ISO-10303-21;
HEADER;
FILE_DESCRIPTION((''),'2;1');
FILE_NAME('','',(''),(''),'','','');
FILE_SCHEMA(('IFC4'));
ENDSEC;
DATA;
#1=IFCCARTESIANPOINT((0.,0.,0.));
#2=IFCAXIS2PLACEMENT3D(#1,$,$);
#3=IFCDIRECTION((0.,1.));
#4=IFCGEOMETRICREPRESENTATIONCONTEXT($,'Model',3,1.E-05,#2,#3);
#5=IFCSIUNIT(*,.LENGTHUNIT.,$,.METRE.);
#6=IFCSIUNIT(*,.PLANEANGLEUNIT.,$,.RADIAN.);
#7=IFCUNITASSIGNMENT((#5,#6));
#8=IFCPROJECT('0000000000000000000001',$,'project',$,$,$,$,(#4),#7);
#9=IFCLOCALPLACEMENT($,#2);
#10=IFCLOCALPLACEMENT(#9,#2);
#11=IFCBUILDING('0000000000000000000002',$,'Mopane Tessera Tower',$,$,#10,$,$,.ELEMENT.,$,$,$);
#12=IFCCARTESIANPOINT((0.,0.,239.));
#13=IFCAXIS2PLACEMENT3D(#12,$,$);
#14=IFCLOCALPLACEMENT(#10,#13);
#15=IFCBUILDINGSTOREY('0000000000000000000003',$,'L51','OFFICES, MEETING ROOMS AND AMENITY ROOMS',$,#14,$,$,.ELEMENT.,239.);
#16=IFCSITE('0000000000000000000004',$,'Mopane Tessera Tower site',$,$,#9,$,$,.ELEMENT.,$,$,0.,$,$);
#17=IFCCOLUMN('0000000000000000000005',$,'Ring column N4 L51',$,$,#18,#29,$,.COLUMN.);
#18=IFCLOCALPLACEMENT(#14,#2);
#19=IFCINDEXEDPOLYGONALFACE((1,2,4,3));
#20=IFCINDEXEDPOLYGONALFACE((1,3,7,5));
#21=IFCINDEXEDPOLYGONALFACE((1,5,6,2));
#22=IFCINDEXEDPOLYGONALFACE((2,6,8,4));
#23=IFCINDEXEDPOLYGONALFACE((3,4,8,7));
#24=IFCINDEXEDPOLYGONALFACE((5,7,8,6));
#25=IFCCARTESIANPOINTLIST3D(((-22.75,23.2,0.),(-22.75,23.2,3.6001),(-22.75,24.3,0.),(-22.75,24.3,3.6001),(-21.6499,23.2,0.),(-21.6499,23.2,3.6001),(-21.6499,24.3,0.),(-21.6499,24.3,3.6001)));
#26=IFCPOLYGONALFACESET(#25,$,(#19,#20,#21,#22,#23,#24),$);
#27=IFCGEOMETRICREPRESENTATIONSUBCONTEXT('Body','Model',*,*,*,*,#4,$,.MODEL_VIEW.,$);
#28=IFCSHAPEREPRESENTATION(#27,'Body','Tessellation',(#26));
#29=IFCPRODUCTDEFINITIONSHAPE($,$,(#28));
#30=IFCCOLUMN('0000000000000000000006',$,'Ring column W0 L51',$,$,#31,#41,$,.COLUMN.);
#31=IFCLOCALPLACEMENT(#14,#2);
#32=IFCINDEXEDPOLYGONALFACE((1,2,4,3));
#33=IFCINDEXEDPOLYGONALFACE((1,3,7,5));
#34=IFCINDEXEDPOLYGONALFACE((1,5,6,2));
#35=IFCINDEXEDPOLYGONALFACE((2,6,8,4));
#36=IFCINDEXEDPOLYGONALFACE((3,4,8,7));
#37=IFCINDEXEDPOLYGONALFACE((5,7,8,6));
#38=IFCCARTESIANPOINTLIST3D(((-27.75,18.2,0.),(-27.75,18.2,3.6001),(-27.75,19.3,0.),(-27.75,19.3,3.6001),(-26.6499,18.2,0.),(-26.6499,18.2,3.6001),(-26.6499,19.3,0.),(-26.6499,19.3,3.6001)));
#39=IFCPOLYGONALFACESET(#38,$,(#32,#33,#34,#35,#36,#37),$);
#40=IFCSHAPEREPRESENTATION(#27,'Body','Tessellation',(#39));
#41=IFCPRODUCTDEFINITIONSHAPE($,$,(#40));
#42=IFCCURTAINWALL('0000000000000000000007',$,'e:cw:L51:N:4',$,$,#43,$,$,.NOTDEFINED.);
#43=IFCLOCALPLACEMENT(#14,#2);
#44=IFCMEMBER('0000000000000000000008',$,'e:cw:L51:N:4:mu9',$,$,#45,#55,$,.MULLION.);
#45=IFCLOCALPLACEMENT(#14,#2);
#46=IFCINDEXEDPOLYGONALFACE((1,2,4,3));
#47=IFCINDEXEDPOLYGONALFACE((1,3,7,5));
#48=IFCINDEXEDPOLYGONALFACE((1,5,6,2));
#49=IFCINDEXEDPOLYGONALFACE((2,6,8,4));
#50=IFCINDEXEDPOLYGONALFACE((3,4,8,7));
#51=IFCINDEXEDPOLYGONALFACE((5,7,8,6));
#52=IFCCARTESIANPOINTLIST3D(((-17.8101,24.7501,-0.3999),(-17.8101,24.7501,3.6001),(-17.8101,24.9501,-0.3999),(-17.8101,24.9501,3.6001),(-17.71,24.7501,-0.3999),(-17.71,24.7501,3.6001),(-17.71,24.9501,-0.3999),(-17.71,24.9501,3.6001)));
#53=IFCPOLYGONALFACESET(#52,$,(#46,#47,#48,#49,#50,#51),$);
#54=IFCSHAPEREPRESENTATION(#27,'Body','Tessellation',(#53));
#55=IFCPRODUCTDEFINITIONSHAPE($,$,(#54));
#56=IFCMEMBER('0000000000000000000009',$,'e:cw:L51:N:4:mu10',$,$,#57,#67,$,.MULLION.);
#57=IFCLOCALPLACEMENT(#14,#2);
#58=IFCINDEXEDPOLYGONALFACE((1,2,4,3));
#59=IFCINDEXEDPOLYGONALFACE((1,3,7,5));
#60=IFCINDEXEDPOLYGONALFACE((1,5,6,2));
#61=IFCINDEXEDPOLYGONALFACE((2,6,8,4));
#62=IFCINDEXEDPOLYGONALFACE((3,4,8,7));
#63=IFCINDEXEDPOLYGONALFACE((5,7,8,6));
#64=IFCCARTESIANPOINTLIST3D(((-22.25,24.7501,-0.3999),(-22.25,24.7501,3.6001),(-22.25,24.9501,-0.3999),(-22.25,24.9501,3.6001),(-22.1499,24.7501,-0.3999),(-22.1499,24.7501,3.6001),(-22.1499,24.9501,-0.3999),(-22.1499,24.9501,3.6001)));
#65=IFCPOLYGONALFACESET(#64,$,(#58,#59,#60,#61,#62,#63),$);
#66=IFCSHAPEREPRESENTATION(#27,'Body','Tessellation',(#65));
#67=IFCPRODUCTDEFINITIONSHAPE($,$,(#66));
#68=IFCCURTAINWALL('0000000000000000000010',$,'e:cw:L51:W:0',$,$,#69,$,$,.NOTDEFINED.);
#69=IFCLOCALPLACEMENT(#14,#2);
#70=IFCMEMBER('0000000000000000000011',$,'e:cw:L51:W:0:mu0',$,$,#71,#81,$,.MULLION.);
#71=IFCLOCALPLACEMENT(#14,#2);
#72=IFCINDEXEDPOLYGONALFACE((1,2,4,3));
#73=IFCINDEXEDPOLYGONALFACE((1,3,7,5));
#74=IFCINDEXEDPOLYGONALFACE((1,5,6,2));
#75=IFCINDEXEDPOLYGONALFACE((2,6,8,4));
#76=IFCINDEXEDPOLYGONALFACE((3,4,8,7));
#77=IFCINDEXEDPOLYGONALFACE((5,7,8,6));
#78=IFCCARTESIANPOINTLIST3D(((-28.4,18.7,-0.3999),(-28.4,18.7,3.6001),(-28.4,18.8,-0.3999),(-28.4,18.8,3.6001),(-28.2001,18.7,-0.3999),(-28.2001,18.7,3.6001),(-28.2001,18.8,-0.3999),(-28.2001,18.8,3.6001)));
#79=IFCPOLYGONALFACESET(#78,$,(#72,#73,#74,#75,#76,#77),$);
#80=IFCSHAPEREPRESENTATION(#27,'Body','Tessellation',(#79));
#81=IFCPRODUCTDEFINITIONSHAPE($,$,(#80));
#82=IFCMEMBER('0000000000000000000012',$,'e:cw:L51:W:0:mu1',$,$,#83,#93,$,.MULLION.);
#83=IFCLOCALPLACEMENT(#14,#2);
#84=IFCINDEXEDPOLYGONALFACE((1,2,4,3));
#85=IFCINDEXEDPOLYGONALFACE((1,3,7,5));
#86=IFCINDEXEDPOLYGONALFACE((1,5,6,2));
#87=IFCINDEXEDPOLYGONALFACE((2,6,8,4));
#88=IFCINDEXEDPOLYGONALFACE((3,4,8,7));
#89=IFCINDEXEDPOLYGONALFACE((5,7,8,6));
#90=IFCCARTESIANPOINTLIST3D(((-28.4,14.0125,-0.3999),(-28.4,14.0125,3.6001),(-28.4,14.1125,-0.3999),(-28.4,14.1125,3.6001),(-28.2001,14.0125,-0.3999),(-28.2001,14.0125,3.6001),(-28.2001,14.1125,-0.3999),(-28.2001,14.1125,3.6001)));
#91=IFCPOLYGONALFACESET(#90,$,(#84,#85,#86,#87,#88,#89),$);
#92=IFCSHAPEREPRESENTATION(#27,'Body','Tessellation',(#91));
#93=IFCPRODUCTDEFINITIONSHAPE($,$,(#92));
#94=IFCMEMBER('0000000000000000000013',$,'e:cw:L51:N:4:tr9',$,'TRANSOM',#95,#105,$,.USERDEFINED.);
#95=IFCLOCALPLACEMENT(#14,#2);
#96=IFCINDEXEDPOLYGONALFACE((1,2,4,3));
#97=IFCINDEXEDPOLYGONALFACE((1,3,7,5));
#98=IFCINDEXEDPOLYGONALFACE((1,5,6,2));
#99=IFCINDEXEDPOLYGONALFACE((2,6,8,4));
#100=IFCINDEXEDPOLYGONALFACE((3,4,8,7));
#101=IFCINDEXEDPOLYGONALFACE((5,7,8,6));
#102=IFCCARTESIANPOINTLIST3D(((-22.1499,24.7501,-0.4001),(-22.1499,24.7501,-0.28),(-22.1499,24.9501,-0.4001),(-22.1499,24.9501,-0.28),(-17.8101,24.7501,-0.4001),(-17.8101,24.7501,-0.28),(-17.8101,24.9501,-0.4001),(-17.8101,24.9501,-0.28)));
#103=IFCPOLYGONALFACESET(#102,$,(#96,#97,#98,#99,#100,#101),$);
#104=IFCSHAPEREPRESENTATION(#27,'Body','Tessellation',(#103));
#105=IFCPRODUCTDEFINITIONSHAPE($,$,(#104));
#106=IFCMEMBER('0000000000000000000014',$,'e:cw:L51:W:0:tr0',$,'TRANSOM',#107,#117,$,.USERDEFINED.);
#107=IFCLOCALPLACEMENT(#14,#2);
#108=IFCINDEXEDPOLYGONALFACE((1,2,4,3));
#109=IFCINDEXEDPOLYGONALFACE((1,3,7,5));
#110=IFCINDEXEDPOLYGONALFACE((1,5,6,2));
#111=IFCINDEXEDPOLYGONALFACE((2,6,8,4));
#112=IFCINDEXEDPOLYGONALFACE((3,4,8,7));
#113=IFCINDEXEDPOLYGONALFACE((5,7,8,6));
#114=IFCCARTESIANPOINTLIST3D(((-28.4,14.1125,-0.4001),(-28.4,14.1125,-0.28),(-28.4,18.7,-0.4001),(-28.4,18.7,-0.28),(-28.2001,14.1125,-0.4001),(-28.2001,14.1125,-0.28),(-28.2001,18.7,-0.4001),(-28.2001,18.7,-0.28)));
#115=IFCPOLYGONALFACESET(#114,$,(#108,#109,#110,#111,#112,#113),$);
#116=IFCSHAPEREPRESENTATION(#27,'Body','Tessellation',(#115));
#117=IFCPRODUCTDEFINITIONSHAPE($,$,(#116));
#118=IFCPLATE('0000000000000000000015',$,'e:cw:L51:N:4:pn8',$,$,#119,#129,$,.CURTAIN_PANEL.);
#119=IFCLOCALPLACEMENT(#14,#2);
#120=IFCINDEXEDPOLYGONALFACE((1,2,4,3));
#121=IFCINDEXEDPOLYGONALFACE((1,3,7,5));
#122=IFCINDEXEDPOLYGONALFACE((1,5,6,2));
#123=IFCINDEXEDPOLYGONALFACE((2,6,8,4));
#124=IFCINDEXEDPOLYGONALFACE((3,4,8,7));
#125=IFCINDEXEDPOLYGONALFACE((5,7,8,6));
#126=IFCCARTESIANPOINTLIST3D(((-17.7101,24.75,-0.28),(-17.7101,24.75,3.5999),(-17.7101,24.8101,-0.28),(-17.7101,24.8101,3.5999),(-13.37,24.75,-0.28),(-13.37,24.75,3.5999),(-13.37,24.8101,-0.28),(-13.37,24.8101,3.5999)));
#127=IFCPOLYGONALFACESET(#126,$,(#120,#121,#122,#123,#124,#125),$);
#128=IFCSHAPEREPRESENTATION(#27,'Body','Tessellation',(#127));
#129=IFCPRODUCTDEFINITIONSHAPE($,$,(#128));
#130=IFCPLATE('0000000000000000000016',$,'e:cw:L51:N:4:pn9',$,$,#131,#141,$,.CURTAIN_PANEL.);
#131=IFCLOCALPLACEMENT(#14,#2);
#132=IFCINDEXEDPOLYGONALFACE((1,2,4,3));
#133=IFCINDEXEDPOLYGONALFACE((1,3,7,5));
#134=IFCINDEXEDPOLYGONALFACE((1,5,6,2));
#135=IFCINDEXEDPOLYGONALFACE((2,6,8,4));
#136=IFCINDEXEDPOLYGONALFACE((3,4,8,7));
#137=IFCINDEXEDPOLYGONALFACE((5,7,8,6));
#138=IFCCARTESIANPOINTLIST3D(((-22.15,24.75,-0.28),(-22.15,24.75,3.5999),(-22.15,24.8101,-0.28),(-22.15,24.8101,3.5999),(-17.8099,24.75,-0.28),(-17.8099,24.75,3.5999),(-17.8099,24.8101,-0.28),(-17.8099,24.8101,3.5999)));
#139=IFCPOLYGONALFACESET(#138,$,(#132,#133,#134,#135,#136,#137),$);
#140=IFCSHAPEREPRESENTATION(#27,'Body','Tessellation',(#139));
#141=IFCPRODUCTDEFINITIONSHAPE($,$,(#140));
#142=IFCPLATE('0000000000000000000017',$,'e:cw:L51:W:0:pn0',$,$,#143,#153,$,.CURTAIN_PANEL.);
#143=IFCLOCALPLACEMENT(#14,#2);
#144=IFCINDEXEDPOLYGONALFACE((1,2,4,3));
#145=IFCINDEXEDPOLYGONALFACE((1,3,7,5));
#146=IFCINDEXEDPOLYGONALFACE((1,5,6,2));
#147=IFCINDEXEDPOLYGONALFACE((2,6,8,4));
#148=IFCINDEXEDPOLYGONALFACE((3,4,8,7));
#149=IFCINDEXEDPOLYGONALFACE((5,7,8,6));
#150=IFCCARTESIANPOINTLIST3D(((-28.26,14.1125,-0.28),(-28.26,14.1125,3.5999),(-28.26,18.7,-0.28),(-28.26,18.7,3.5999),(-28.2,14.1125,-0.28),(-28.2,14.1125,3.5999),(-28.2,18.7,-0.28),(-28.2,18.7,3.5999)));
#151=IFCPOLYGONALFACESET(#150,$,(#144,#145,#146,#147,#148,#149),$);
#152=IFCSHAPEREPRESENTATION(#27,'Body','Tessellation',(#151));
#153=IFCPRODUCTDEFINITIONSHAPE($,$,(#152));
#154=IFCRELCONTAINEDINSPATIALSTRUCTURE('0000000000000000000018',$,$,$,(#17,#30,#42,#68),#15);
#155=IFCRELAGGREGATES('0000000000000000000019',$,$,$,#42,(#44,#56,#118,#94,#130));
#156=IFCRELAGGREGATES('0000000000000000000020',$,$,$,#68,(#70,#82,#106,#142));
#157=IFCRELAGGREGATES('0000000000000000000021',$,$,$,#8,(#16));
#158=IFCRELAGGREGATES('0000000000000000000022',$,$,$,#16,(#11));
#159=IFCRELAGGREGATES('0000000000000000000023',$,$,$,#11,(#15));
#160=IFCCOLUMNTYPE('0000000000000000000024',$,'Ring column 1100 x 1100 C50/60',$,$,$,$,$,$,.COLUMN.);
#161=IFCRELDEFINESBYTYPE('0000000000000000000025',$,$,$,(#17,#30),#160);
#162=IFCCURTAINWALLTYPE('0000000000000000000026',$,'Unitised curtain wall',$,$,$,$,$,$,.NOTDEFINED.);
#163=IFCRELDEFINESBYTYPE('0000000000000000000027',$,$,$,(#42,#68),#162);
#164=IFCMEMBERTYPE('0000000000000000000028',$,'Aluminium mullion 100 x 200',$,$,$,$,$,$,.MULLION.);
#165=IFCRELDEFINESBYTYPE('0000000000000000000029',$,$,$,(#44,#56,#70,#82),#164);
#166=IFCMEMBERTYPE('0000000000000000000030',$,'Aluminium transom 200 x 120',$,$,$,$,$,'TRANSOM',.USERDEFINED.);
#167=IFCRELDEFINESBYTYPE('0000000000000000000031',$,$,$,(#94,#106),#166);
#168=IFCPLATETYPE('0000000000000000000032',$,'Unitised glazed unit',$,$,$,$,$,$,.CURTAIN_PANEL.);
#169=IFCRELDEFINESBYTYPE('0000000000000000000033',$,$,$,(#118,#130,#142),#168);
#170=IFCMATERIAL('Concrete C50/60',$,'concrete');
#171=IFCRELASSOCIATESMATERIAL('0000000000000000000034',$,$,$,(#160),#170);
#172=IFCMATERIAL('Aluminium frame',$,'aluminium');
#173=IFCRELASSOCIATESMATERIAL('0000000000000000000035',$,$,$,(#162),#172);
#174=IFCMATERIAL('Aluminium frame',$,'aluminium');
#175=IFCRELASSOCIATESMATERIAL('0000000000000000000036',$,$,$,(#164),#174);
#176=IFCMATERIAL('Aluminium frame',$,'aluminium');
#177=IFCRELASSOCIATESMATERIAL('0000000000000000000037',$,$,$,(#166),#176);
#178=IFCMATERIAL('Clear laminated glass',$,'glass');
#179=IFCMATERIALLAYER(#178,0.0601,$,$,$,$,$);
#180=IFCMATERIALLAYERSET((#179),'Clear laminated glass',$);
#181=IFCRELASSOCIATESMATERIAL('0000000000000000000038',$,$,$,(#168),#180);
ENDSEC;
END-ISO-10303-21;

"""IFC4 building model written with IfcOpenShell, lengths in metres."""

from ifc_helpers import new_model, si_unit, direction, frame, origin, origin_2d, place, context, subcontext, project, spatial, rectangle, extrude, material, layer, layer_set, material_profile, profile_set, type_object, element, aggregate, save


model = new_model("IFC4")

# Units and contexts
model_context = context("Model", 3, precision=1e-05, world=origin(), true_north=direction((0.0, 1.0)))
body_context = subcontext(model_context, "Body", "Model", "MODEL_VIEW")
ifc_project = project(units=[si_unit("LENGTHUNIT", "METRE"), si_unit("PLANEANGLEUNIT", "RADIAN")], contexts=[model_context])

# Site, building, storey
site_placement = place(None, origin())
site = spatial("IfcSite", under=ifc_project, at=site_placement, Name="Mopane Tessera Tower site", CompositionType="ELEMENT", RefElevation=0.0)
building_placement = place(site_placement, origin())
building = spatial("IfcBuilding", under=site, at=building_placement, Name="Mopane Tessera Tower", CompositionType="ELEMENT")
storey_placement = place(building_placement, frame((0.0, 0.0, 239.0)))
storey = spatial("IfcBuildingStorey", under=building, at=storey_placement, Name="L51", Description="OFFICES, MEETING ROOMS AND AMENITY ROOMS", CompositionType="ELEMENT", Elevation=239.0)

# Columns
ifc_material_1 = material(Name="Concrete C50/60", Category="concrete")
ifc_material_profile_1 = material_profile(ifc_material_1, rectangle(XDim=1.1001, YDim=1.1001, at=origin_2d()))
ifc_profile_set_1 = profile_set([ifc_material_profile_1], Name="Concrete C50/60")
column_type = type_object("IfcColumnType", Name="Ring column 1100 x 1100 C50/60", PredefinedType="COLUMN", material=ifc_profile_set_1)
for number, where, z_axis, x_axis, name in (
    (1, (-22.2, 23.75, 0.0), (0.0, 0.0, 1.0), (1.0, 0.0, 0.0), "Ring column N4 L51"),
    (2, (-27.2, 18.75, 0.0), (0.0, 0.0, 1.0), (1.0, 0.0, 0.0), "Ring column W0 L51"),
):
    element("IfcColumn", number, at=place(storey_placement, frame(where, z_axis=z_axis, x_axis=x_axis)), inside=storey, type_object=column_type, Name=name, PredefinedType="COLUMN", context=body_context, shape_type="SweptSolid", body=[
        extrude(rectangle(XDim=1.1001, YDim=1.1001, at=origin_2d()), origin(), (0.0, 0.0, 1.0), 3.6001),
    ])

# Curtain walls, members
ifc_material_2 = material(Name="Aluminium frame", Category="aluminium")
curtain_wall_type = type_object("IfcCurtainWallType", Name="Unitised curtain wall", PredefinedType="NOTDEFINED", material=ifc_material_2)
curtain_wall_1_placement = place(storey_placement, origin())
curtain_wall_1 = element("IfcCurtainWall", 3, at=curtain_wall_1_placement, inside=storey, type_object=curtain_wall_type, Name="e:cw:L51:N:4", PredefinedType="NOTDEFINED")
ifc_material_3 = material(Name="Aluminium frame", Category="aluminium")
ifc_material_profile_2 = material_profile(ifc_material_3, rectangle(XDim=0.1001, YDim=0.2, at=origin_2d()))
ifc_profile_set_2 = profile_set([ifc_material_profile_2], Name="Aluminium frame")
member_type_1 = type_object("IfcMemberType", Name="Aluminium mullion 100 x 200", PredefinedType="MULLION", material=ifc_profile_set_2)
member_1_placement = place(storey_placement, frame((-17.76, 24.8501, -0.3999), z_axis=(0.0, 0.0, 1.0), x_axis=(-1.0, 0.0, 0.0)))
member_1 = element("IfcMember", 4, at=member_1_placement, type_object=member_type_1, Name="e:cw:L51:N:4:mu9", PredefinedType="MULLION", context=body_context, shape_type="SweptSolid", body=[
    extrude(rectangle(XDim=0.1001, YDim=0.2, at=origin_2d()), origin(), (0.0, 0.0, 1.0), 4.0),
])
member_2_placement = place(storey_placement, frame((-22.2, 24.8501, -0.3999), z_axis=(0.0, 0.0, 1.0), x_axis=(-1.0, 0.0, 0.0)))
member_2 = element("IfcMember", 5, at=member_2_placement, type_object=member_type_1, Name="e:cw:L51:N:4:mu10", PredefinedType="MULLION", context=body_context, shape_type="SweptSolid", body=[
    extrude(rectangle(XDim=0.1001, YDim=0.2, at=origin_2d()), origin(), (0.0, 0.0, 1.0), 4.0),
])
curtain_wall_2_placement = place(storey_placement, origin())
curtain_wall_2 = element("IfcCurtainWall", 6, at=curtain_wall_2_placement, inside=storey, type_object=curtain_wall_type, Name="e:cw:L51:W:0", PredefinedType="NOTDEFINED")
member_3_placement = place(storey_placement, frame((-28.3, 18.75, -0.3999), z_axis=(0.0, 0.0, 1.0), x_axis=(0.0, -1.0, 0.0)))
member_3 = element("IfcMember", 7, at=member_3_placement, type_object=member_type_1, Name="e:cw:L51:W:0:mu0", PredefinedType="MULLION", context=body_context, shape_type="SweptSolid", body=[
    extrude(rectangle(XDim=0.1001, YDim=0.2, at=origin_2d()), origin(), (0.0, 0.0, 1.0), 4.0),
])
member_4_placement = place(storey_placement, frame((-28.3, 14.0625, -0.3999), z_axis=(0.0, 0.0, 1.0), x_axis=(0.0, -1.0, 0.0)))
member_4 = element("IfcMember", 8, at=member_4_placement, type_object=member_type_1, Name="e:cw:L51:W:0:mu1", PredefinedType="MULLION", context=body_context, shape_type="SweptSolid", body=[
    extrude(rectangle(XDim=0.1001, YDim=0.2, at=origin_2d()), origin(), (0.0, 0.0, 1.0), 4.0),
])

# Members
ifc_material_4 = material(Name="Aluminium frame", Category="aluminium")
ifc_material_profile_3 = material_profile(ifc_material_4, rectangle(XDim=0.2, YDim=0.1201, at=origin_2d()))
ifc_profile_set_3 = profile_set([ifc_material_profile_3], Name="Aluminium frame")
member_type_2 = type_object("IfcMemberType", Name="Aluminium transom 200 x 120", ElementType="TRANSOM", PredefinedType="USERDEFINED", material=ifc_profile_set_3)
member_5_placement = place(storey_placement, frame((-17.8101, 24.8501, -0.3401), z_axis=(-1.0, 0.0, 0.0), x_axis=(0.0, -1.0, 0.0)))
member_5 = element("IfcMember", 9, at=member_5_placement, type_object=member_type_2, Name="e:cw:L51:N:4:tr9", ObjectType="TRANSOM", PredefinedType="USERDEFINED", context=body_context, shape_type="SweptSolid", body=[
    extrude(rectangle(XDim=0.2, YDim=0.1201, at=origin_2d()), origin(), (0.0, 0.0, 1.0), 4.3398),
])
member_6_placement = place(storey_placement, frame((-28.3, 18.7, -0.3401), z_axis=(0.0, -1.0, 0.0), x_axis=(1.0, 0.0, 0.0)))
member_6 = element("IfcMember", 10, at=member_6_placement, type_object=member_type_2, Name="e:cw:L51:W:0:tr0", ObjectType="TRANSOM", PredefinedType="USERDEFINED", context=body_context, shape_type="SweptSolid", body=[
    extrude(rectangle(XDim=0.2, YDim=0.1201, at=origin_2d()), origin(), (0.0, 0.0, 1.0), 4.5874),
])

# Plates
ifc_material_5 = material(Name="Clear laminated glass", Category="glass")
ifc_layer_1 = layer(ifc_material_5, 0.0601)
ifc_layer_set_1 = layer_set([ifc_layer_1], Name="Clear laminated glass")
plate_type = type_object("IfcPlateType", Name="Unitised glazed unit", PredefinedType="CURTAIN_PANEL", material=ifc_layer_set_1)
plate_1_placement = place(storey_placement, frame((-15.54, 24.78, -0.28), z_axis=(0.0, 0.0, 1.0), x_axis=(-1.0, 0.0, 0.0)))
plate_1 = element("IfcPlate", 11, at=plate_1_placement, type_object=plate_type, Name="e:cw:L51:N:4:pn8", PredefinedType="CURTAIN_PANEL", context=body_context, shape_type="SweptSolid", body=[
    extrude(rectangle(XDim=4.3401, YDim=0.0601, at=origin_2d()), origin(), (0.0, 0.0, 1.0), 3.8799),
])
plate_2_placement = place(storey_placement, frame((-19.98, 24.78, -0.28), z_axis=(0.0, 0.0, 1.0), x_axis=(-1.0, 0.0, 0.0)))
plate_2 = element("IfcPlate", 12, at=plate_2_placement, type_object=plate_type, Name="e:cw:L51:N:4:pn9", PredefinedType="CURTAIN_PANEL", context=body_context, shape_type="SweptSolid", body=[
    extrude(rectangle(XDim=4.3401, YDim=0.0601, at=origin_2d()), origin(), (0.0, 0.0, 1.0), 3.8799),
])
aggregate(curtain_wall_1, [member_1, member_2, plate_1, member_5, plate_2])
plate_3_placement = place(storey_placement, frame((-28.23, 16.4062, -0.28), z_axis=(0.0, 0.0, 1.0), x_axis=(0.0, -1.0, 0.0)))
plate_3 = element("IfcPlate", 13, at=plate_3_placement, type_object=plate_type, Name="e:cw:L51:W:0:pn0", PredefinedType="CURTAIN_PANEL", context=body_context, shape_type="SweptSolid", body=[
    extrude(rectangle(XDim=4.5874, YDim=0.0601, at=origin_2d()), origin(), (0.0, 0.0, 1.0), 3.8799),
])
aggregate(curtain_wall_2, [member_3, member_4, member_6, plate_3])

save(model, "model.ifc")
